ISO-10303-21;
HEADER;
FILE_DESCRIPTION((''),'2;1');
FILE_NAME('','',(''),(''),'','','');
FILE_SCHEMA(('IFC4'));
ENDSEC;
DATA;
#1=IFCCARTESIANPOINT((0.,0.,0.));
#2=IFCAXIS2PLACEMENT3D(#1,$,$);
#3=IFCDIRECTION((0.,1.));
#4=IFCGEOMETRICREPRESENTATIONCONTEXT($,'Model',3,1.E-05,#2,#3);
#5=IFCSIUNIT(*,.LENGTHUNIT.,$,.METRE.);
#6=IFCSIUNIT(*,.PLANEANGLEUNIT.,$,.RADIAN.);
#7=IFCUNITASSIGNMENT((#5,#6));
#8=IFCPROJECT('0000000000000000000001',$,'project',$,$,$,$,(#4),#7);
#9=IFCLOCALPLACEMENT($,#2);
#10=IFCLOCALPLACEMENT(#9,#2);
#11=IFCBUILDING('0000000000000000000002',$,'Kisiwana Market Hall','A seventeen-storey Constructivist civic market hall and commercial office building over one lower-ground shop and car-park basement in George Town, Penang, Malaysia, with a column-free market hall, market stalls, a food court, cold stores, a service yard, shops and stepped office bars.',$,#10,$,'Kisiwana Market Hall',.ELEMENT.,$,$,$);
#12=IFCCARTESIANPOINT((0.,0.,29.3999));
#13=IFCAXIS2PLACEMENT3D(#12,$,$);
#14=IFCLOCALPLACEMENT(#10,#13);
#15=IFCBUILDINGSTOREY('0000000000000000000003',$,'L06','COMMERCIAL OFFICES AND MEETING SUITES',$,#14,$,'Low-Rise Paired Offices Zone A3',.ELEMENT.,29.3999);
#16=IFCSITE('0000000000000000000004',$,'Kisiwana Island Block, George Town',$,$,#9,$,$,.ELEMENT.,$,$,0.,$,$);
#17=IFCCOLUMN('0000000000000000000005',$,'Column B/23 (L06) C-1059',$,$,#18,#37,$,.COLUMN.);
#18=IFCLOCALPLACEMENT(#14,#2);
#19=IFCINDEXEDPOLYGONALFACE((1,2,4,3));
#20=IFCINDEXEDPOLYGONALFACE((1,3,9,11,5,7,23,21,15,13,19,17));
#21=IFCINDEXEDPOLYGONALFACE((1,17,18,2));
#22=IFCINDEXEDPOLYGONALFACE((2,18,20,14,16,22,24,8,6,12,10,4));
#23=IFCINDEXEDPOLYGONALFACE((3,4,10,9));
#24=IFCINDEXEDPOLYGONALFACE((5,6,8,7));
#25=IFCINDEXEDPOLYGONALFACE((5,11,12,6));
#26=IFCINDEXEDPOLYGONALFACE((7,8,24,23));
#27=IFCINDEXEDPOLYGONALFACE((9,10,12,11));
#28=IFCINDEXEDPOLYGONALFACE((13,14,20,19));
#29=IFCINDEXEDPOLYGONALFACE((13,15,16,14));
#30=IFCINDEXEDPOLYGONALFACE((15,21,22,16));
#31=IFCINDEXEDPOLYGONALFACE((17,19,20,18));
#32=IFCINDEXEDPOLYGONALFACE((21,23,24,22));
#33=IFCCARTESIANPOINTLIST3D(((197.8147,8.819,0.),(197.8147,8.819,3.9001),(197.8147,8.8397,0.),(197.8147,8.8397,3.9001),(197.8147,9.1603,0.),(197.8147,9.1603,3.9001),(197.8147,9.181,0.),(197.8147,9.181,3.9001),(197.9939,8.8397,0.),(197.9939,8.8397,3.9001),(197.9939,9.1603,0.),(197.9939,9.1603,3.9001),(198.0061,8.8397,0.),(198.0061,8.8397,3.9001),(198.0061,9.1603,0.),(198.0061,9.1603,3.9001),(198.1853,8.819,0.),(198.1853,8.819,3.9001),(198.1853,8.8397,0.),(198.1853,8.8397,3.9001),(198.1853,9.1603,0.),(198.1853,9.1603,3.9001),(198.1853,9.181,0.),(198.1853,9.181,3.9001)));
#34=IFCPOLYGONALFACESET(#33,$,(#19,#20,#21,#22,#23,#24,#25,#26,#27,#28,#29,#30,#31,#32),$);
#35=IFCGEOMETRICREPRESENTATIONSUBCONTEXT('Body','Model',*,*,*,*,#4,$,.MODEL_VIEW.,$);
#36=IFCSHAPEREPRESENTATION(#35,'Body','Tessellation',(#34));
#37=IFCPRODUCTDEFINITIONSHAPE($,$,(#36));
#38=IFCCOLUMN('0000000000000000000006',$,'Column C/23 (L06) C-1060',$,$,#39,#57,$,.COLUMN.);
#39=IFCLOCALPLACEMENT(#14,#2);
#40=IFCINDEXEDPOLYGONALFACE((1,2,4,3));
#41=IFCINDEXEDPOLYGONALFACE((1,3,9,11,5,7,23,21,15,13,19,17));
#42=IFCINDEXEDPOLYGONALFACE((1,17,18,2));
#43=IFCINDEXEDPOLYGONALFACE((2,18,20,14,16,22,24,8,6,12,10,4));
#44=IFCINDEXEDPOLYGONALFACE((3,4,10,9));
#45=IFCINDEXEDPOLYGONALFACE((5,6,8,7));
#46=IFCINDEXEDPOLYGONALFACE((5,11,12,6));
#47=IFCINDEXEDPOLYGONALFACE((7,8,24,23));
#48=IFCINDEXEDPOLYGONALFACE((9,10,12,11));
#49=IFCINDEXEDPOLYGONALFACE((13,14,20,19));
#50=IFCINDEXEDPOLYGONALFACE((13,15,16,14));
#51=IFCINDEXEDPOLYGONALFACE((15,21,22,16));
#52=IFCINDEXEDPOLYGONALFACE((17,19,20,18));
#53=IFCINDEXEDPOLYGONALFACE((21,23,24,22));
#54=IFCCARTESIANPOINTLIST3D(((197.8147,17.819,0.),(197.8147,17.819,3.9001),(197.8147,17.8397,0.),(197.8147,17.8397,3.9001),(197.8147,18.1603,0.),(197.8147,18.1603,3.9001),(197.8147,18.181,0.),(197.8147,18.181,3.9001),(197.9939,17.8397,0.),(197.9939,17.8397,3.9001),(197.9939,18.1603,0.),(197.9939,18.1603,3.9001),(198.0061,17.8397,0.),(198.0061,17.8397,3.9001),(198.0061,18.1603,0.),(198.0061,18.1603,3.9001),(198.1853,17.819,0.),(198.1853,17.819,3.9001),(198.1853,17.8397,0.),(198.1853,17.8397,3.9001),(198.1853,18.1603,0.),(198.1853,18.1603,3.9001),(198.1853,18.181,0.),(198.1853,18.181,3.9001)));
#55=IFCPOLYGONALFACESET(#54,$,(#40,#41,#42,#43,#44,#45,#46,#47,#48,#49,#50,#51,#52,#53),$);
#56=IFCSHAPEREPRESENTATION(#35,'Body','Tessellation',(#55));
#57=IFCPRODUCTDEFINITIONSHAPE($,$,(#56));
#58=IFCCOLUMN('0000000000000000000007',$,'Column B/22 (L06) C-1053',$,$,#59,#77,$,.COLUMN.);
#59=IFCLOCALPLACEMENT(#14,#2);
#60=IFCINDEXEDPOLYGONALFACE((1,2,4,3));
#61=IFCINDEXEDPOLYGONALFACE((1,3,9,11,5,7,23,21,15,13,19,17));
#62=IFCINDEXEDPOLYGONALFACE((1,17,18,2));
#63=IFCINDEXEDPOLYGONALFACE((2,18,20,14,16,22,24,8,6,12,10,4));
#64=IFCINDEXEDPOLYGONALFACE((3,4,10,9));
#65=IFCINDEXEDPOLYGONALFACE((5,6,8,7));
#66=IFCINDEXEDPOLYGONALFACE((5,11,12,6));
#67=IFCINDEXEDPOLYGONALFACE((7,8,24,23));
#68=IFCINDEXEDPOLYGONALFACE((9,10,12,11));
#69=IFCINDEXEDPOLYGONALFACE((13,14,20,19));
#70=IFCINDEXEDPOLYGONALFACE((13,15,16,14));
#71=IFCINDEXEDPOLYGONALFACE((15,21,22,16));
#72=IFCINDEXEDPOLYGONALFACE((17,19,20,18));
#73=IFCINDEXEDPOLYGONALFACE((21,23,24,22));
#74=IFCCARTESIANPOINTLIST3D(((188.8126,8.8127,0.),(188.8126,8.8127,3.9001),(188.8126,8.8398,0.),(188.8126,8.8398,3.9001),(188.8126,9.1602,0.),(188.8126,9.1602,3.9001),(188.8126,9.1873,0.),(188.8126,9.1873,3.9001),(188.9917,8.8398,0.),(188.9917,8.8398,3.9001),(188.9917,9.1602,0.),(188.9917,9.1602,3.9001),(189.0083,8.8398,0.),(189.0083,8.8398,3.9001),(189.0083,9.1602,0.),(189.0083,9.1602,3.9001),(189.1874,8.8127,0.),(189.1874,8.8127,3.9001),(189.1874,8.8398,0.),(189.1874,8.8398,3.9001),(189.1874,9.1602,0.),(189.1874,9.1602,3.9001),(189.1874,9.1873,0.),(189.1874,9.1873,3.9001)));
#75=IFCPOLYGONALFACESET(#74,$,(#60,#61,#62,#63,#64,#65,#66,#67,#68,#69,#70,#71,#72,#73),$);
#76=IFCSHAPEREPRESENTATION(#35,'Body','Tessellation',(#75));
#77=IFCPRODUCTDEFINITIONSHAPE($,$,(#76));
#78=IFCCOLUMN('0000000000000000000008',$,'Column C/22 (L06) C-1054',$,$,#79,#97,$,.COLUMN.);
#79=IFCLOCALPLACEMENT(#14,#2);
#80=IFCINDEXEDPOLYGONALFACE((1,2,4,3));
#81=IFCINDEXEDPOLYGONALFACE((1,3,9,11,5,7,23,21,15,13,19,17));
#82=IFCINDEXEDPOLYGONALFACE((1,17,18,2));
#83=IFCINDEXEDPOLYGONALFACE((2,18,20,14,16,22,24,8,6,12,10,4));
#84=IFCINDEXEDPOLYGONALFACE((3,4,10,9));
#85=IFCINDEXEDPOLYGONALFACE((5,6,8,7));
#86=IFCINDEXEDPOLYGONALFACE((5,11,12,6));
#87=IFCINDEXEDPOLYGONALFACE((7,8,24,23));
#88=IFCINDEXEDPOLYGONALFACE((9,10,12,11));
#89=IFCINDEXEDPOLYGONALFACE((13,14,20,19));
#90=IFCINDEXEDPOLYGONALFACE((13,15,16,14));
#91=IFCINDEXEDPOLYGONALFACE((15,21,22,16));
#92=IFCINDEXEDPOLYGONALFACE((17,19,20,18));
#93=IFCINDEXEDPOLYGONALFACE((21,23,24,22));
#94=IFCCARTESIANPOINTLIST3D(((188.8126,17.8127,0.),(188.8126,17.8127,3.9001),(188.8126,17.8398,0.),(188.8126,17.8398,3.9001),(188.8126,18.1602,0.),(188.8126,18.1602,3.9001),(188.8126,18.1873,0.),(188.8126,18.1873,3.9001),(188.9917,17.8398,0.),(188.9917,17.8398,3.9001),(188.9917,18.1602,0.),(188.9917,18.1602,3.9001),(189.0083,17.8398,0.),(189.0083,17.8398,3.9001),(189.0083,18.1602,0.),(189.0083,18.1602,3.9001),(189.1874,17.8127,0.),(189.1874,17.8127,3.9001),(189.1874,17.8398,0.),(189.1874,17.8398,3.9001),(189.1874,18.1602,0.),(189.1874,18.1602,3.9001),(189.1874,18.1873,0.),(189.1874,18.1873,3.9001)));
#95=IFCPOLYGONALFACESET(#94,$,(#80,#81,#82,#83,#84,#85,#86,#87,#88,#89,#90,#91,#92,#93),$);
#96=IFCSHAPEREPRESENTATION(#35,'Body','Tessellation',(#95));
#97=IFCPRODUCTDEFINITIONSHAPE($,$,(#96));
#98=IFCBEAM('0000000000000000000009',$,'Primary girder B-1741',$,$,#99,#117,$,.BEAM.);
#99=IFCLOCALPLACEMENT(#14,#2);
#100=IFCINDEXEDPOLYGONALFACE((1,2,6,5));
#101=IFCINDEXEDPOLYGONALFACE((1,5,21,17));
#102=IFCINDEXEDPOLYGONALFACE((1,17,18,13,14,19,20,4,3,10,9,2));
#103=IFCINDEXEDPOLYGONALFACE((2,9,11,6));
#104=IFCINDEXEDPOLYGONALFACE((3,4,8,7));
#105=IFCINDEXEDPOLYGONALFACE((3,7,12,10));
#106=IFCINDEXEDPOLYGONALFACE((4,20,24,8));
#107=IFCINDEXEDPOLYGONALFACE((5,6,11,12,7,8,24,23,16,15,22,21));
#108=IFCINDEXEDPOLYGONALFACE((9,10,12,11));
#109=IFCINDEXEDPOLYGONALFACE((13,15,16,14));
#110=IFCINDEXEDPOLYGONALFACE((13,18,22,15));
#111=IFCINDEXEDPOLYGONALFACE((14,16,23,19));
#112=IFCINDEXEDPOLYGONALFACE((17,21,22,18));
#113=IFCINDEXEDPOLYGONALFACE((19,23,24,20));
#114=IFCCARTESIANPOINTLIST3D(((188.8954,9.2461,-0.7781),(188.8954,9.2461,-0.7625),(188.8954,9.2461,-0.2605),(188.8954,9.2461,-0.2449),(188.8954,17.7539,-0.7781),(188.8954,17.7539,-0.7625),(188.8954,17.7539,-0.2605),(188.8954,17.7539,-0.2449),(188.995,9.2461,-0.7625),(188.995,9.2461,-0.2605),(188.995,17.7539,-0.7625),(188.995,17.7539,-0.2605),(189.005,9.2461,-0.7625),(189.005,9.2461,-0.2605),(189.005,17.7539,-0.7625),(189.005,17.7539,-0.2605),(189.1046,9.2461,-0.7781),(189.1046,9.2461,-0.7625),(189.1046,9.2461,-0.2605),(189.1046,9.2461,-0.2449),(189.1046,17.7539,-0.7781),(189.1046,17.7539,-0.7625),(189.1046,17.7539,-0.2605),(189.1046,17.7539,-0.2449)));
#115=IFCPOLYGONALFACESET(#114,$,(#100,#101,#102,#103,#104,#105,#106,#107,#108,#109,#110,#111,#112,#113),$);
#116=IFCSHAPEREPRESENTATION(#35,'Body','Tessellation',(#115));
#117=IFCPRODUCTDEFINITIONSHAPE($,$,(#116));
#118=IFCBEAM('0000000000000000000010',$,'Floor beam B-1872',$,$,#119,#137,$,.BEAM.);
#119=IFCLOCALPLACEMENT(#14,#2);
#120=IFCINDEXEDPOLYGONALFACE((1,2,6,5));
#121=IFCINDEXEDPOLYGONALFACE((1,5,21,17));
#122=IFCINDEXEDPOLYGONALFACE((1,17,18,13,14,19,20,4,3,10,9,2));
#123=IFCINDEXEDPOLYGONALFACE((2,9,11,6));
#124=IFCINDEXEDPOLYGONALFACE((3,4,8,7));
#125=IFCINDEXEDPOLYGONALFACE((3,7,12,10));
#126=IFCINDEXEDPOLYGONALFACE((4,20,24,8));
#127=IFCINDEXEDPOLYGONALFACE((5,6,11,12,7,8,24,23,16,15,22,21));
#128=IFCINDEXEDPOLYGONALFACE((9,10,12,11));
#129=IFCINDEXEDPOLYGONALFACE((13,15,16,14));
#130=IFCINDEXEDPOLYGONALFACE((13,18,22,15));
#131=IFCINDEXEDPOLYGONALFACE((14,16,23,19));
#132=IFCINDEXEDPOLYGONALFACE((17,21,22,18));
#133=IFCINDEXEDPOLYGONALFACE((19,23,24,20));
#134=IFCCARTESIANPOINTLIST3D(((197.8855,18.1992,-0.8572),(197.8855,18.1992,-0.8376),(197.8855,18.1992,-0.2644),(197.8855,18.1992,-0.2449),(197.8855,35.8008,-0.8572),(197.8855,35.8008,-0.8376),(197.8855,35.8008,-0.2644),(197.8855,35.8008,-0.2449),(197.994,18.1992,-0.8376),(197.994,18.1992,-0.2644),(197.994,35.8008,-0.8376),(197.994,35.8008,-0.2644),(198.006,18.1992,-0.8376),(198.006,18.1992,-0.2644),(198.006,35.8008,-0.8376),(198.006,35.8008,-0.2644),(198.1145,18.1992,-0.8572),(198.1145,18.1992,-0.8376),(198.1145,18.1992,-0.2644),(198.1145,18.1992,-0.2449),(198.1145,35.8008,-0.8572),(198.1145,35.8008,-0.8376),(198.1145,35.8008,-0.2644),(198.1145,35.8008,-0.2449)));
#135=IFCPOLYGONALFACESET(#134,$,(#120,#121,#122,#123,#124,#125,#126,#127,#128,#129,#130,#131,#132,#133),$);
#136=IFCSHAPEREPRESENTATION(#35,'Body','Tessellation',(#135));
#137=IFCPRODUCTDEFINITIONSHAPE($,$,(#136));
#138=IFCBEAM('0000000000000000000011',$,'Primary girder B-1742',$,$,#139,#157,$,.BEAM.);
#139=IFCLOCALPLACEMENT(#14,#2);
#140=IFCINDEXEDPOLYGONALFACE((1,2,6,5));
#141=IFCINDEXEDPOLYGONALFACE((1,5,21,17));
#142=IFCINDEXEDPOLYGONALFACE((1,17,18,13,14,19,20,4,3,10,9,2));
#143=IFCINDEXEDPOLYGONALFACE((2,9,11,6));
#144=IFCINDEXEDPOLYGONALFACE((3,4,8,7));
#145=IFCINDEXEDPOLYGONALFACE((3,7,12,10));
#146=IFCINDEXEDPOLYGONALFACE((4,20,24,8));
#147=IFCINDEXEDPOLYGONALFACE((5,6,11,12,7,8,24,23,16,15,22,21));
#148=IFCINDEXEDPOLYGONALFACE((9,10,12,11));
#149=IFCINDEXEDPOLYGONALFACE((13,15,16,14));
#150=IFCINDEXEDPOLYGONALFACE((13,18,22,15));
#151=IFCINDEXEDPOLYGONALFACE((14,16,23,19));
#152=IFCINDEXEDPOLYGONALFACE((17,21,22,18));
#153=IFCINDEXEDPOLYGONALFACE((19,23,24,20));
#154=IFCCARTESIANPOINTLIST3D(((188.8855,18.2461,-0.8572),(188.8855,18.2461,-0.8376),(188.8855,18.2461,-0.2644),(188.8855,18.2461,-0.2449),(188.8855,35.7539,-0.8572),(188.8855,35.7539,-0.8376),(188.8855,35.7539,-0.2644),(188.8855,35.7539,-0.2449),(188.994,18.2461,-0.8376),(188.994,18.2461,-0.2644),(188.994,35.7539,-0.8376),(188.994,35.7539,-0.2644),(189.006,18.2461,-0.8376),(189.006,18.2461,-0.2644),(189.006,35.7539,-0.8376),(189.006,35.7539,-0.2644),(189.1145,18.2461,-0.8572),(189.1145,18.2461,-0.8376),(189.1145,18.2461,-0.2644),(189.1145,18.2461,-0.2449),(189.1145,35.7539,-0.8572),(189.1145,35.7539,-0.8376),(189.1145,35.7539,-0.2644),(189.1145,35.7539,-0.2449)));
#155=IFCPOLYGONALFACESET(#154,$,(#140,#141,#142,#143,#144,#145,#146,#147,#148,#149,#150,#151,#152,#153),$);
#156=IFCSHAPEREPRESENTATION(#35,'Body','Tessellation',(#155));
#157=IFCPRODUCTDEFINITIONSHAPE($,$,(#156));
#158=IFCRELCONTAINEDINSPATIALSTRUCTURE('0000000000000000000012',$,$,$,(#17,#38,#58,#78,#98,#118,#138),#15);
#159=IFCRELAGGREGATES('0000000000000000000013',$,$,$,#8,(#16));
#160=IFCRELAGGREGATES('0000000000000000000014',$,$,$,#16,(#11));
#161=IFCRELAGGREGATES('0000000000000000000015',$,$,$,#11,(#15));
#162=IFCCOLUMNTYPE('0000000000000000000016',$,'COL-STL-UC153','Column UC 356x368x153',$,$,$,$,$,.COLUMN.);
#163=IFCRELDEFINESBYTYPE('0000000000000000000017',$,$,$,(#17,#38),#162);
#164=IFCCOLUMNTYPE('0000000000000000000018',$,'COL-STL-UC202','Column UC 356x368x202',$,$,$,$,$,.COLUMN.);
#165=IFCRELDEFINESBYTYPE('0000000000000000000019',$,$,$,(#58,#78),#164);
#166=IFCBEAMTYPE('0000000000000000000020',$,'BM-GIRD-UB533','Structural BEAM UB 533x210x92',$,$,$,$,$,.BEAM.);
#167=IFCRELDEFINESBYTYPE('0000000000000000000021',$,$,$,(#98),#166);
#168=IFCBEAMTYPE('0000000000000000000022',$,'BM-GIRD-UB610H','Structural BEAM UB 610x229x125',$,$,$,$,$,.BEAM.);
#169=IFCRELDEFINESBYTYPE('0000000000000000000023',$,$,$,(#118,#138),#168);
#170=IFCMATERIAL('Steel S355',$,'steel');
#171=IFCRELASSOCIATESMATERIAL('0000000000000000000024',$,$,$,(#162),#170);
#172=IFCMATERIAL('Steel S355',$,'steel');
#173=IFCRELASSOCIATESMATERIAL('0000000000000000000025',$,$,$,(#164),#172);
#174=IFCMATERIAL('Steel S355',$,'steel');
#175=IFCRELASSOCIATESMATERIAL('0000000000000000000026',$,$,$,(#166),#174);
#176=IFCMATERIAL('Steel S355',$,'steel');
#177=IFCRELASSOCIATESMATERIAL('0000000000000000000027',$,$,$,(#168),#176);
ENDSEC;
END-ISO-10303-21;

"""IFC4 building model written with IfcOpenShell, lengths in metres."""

from ifc_helpers import new_model, si_unit, direction, frame, origin, origin_2d, place, context, subcontext, project, spatial, i_section, extrude, material, material_profile, profile_set, type_object, element, save


model = new_model("IFC4")

# Units and contexts
model_context = context("Model", 3, precision=1e-05, world=origin(), true_north=direction((0.0, 1.0)))
body_context = subcontext(model_context, "Body", "Model", "MODEL_VIEW")
ifc_project = project(units=[si_unit("LENGTHUNIT", "METRE"), si_unit("PLANEANGLEUNIT", "RADIAN")], contexts=[model_context])

# Site, building, storey
site_placement = place(None, origin())
site = spatial("IfcSite", under=ifc_project, at=site_placement, Name="Kisiwana Island Block, George Town", CompositionType="ELEMENT", RefElevation=0.0)
building_placement = place(site_placement, origin())
building = spatial("IfcBuilding", under=site, at=building_placement, Name="Kisiwana Market Hall", Description="A seventeen-storey Constructivist civic market hall and commercial office building over one lower-ground shop and car-park basement in George Town, Penang, Malaysia, with a column-free market hall, market stalls, a food court, cold stores, a service yard, shops and stepped office bars.", LongName="Kisiwana Market Hall", CompositionType="ELEMENT")
storey_placement = place(building_placement, frame((0.0, 0.0, 29.3999)))
storey = spatial("IfcBuildingStorey", under=building, at=storey_placement, Name="L06", Description="COMMERCIAL OFFICES AND MEETING SUITES", LongName="Low-Rise Paired Offices Zone A3", CompositionType="ELEMENT", Elevation=29.3999)

# Columns
ifc_material_1 = material(Name="Steel S355", Category="steel")
ifc_material_profile_1 = material_profile(ifc_material_1, i_section(OverallWidth=0.3706, OverallDepth=0.3621, WebThickness=0.0122, FlangeThickness=0.0208, at=origin_2d()), Name="UC 356x368x153")
ifc_profile_set_1 = profile_set([ifc_material_profile_1], Name="Steel S355")
column_type_1 = type_object("IfcColumnType", Name="COL-STL-UC153", Description="Column UC 356x368x153", PredefinedType="COLUMN", material=ifc_profile_set_1)
for number, where, z_axis, x_axis, name in (
    (1, (198.0, 9.0, 0.0), (0.0, 0.0, 1.0), (1.0, 0.0, 0.0), "Column B/23 (L06) C-1059"),
    (2, (198.0, 18.0, 0.0), (0.0, 0.0, 1.0), (1.0, 0.0, 0.0), "Column C/23 (L06) C-1060"),
):
    element("IfcColumn", number, at=place(storey_placement, frame(where, z_axis=z_axis, x_axis=x_axis)), inside=storey, type_object=column_type_1, Name=name, PredefinedType="COLUMN", context=body_context, shape_type="SweptSolid", body=[
        extrude(i_section(OverallWidth=0.3706, OverallDepth=0.3621, WebThickness=0.0122, FlangeThickness=0.0208, at=origin_2d()), origin(), (0.0, 0.0, 1.0), 3.9001),
    ])
ifc_material_2 = material(Name="Steel S355", Category="steel")
ifc_material_profile_2 = material_profile(ifc_material_2, i_section(OverallWidth=0.3748, OverallDepth=0.3745, WebThickness=0.0166, FlangeThickness=0.0271, at=origin_2d()), Name="UC 356x368x202")
ifc_profile_set_2 = profile_set([ifc_material_profile_2], Name="Steel S355")
column_type_2 = type_object("IfcColumnType", Name="COL-STL-UC202", Description="Column UC 356x368x202", PredefinedType="COLUMN", material=ifc_profile_set_2)
for number, where, z_axis, x_axis, name in (
    (3, (189.0, 9.0, 0.0), (0.0, 0.0, 1.0), (1.0, 0.0, 0.0), "Column B/22 (L06) C-1053"),
    (4, (189.0, 18.0, 0.0), (0.0, 0.0, 1.0), (1.0, 0.0, 0.0), "Column C/22 (L06) C-1054"),
):
    element("IfcColumn", number, at=place(storey_placement, frame(where, z_axis=z_axis, x_axis=x_axis)), inside=storey, type_object=column_type_2, Name=name, PredefinedType="COLUMN", context=body_context, shape_type="SweptSolid", body=[
        extrude(i_section(OverallWidth=0.3748, OverallDepth=0.3745, WebThickness=0.0166, FlangeThickness=0.0271, at=origin_2d()), origin(), (0.0, 0.0, 1.0), 3.9001),
    ])

# Beams
ifc_material_3 = material(Name="Steel S355", Category="steel")
ifc_material_profile_3 = material_profile(ifc_material_3, i_section(OverallWidth=0.2092, OverallDepth=0.5332, WebThickness=0.01, FlangeThickness=0.0156, at=origin_2d()), Name="UB 533x210x92")
ifc_profile_set_3 = profile_set([ifc_material_profile_3], Name="Steel S355")
beam_type_1 = type_object("IfcBeamType", Name="BM-GIRD-UB533", Description="Structural BEAM UB 533x210x92", PredefinedType="BEAM", material=ifc_profile_set_3)
beam_1_placement = place(storey_placement, frame((189.0, 9.2461, -0.5115), z_axis=(0.0, 1.0, 0.0), x_axis=(-1.0, 0.0, 0.0)))
element("IfcBeam", 5, at=beam_1_placement, inside=storey, type_object=beam_type_1, Name="Primary girder B-1741", PredefinedType="BEAM", context=body_context, shape_type="SweptSolid", body=[
    extrude(i_section(OverallWidth=0.2092, OverallDepth=0.5332, WebThickness=0.01, FlangeThickness=0.0156, at=origin_2d()), origin(), (0.0, 0.0, 1.0), 8.5078),
])
ifc_material_4 = material(Name="Steel S355", Category="steel")
ifc_material_profile_4 = material_profile(ifc_material_4, i_section(OverallWidth=0.229, OverallDepth=0.6123, WebThickness=0.012, FlangeThickness=0.0195, at=origin_2d()), Name="UB 610x229x125")
ifc_profile_set_4 = profile_set([ifc_material_profile_4], Name="Steel S355")
beam_type_2 = type_object("IfcBeamType", Name="BM-GIRD-UB610H", Description="Structural BEAM UB 610x229x125", PredefinedType="BEAM", material=ifc_profile_set_4)
beam_2_placement = place(storey_placement, frame((198.0, 18.1992, -0.551), z_axis=(0.0, 1.0, 0.0), x_axis=(-1.0, 0.0, 0.0)))
element("IfcBeam", 6, at=beam_2_placement, inside=storey, type_object=beam_type_2, Name="Floor beam B-1872", PredefinedType="BEAM", context=body_context, shape_type="SweptSolid", body=[
    extrude(i_section(OverallWidth=0.229, OverallDepth=0.6123, WebThickness=0.012, FlangeThickness=0.0195, at=origin_2d()), origin(), (0.0, 0.0, 1.0), 17.6016),
])
beam_3_placement = place(storey_placement, frame((189.0, 18.2461, -0.551), z_axis=(0.0, 1.0, 0.0), x_axis=(-1.0, 0.0, 0.0)))
element("IfcBeam", 7, at=beam_3_placement, inside=storey, type_object=beam_type_2, Name="Primary girder B-1742", PredefinedType="BEAM", context=body_context, shape_type="SweptSolid", body=[
    extrude(i_section(OverallWidth=0.229, OverallDepth=0.6123, WebThickness=0.012, FlangeThickness=0.0195, at=origin_2d()), origin(), (0.0, 0.0, 1.0), 17.5078),
])

save(model, "model.ifc")
